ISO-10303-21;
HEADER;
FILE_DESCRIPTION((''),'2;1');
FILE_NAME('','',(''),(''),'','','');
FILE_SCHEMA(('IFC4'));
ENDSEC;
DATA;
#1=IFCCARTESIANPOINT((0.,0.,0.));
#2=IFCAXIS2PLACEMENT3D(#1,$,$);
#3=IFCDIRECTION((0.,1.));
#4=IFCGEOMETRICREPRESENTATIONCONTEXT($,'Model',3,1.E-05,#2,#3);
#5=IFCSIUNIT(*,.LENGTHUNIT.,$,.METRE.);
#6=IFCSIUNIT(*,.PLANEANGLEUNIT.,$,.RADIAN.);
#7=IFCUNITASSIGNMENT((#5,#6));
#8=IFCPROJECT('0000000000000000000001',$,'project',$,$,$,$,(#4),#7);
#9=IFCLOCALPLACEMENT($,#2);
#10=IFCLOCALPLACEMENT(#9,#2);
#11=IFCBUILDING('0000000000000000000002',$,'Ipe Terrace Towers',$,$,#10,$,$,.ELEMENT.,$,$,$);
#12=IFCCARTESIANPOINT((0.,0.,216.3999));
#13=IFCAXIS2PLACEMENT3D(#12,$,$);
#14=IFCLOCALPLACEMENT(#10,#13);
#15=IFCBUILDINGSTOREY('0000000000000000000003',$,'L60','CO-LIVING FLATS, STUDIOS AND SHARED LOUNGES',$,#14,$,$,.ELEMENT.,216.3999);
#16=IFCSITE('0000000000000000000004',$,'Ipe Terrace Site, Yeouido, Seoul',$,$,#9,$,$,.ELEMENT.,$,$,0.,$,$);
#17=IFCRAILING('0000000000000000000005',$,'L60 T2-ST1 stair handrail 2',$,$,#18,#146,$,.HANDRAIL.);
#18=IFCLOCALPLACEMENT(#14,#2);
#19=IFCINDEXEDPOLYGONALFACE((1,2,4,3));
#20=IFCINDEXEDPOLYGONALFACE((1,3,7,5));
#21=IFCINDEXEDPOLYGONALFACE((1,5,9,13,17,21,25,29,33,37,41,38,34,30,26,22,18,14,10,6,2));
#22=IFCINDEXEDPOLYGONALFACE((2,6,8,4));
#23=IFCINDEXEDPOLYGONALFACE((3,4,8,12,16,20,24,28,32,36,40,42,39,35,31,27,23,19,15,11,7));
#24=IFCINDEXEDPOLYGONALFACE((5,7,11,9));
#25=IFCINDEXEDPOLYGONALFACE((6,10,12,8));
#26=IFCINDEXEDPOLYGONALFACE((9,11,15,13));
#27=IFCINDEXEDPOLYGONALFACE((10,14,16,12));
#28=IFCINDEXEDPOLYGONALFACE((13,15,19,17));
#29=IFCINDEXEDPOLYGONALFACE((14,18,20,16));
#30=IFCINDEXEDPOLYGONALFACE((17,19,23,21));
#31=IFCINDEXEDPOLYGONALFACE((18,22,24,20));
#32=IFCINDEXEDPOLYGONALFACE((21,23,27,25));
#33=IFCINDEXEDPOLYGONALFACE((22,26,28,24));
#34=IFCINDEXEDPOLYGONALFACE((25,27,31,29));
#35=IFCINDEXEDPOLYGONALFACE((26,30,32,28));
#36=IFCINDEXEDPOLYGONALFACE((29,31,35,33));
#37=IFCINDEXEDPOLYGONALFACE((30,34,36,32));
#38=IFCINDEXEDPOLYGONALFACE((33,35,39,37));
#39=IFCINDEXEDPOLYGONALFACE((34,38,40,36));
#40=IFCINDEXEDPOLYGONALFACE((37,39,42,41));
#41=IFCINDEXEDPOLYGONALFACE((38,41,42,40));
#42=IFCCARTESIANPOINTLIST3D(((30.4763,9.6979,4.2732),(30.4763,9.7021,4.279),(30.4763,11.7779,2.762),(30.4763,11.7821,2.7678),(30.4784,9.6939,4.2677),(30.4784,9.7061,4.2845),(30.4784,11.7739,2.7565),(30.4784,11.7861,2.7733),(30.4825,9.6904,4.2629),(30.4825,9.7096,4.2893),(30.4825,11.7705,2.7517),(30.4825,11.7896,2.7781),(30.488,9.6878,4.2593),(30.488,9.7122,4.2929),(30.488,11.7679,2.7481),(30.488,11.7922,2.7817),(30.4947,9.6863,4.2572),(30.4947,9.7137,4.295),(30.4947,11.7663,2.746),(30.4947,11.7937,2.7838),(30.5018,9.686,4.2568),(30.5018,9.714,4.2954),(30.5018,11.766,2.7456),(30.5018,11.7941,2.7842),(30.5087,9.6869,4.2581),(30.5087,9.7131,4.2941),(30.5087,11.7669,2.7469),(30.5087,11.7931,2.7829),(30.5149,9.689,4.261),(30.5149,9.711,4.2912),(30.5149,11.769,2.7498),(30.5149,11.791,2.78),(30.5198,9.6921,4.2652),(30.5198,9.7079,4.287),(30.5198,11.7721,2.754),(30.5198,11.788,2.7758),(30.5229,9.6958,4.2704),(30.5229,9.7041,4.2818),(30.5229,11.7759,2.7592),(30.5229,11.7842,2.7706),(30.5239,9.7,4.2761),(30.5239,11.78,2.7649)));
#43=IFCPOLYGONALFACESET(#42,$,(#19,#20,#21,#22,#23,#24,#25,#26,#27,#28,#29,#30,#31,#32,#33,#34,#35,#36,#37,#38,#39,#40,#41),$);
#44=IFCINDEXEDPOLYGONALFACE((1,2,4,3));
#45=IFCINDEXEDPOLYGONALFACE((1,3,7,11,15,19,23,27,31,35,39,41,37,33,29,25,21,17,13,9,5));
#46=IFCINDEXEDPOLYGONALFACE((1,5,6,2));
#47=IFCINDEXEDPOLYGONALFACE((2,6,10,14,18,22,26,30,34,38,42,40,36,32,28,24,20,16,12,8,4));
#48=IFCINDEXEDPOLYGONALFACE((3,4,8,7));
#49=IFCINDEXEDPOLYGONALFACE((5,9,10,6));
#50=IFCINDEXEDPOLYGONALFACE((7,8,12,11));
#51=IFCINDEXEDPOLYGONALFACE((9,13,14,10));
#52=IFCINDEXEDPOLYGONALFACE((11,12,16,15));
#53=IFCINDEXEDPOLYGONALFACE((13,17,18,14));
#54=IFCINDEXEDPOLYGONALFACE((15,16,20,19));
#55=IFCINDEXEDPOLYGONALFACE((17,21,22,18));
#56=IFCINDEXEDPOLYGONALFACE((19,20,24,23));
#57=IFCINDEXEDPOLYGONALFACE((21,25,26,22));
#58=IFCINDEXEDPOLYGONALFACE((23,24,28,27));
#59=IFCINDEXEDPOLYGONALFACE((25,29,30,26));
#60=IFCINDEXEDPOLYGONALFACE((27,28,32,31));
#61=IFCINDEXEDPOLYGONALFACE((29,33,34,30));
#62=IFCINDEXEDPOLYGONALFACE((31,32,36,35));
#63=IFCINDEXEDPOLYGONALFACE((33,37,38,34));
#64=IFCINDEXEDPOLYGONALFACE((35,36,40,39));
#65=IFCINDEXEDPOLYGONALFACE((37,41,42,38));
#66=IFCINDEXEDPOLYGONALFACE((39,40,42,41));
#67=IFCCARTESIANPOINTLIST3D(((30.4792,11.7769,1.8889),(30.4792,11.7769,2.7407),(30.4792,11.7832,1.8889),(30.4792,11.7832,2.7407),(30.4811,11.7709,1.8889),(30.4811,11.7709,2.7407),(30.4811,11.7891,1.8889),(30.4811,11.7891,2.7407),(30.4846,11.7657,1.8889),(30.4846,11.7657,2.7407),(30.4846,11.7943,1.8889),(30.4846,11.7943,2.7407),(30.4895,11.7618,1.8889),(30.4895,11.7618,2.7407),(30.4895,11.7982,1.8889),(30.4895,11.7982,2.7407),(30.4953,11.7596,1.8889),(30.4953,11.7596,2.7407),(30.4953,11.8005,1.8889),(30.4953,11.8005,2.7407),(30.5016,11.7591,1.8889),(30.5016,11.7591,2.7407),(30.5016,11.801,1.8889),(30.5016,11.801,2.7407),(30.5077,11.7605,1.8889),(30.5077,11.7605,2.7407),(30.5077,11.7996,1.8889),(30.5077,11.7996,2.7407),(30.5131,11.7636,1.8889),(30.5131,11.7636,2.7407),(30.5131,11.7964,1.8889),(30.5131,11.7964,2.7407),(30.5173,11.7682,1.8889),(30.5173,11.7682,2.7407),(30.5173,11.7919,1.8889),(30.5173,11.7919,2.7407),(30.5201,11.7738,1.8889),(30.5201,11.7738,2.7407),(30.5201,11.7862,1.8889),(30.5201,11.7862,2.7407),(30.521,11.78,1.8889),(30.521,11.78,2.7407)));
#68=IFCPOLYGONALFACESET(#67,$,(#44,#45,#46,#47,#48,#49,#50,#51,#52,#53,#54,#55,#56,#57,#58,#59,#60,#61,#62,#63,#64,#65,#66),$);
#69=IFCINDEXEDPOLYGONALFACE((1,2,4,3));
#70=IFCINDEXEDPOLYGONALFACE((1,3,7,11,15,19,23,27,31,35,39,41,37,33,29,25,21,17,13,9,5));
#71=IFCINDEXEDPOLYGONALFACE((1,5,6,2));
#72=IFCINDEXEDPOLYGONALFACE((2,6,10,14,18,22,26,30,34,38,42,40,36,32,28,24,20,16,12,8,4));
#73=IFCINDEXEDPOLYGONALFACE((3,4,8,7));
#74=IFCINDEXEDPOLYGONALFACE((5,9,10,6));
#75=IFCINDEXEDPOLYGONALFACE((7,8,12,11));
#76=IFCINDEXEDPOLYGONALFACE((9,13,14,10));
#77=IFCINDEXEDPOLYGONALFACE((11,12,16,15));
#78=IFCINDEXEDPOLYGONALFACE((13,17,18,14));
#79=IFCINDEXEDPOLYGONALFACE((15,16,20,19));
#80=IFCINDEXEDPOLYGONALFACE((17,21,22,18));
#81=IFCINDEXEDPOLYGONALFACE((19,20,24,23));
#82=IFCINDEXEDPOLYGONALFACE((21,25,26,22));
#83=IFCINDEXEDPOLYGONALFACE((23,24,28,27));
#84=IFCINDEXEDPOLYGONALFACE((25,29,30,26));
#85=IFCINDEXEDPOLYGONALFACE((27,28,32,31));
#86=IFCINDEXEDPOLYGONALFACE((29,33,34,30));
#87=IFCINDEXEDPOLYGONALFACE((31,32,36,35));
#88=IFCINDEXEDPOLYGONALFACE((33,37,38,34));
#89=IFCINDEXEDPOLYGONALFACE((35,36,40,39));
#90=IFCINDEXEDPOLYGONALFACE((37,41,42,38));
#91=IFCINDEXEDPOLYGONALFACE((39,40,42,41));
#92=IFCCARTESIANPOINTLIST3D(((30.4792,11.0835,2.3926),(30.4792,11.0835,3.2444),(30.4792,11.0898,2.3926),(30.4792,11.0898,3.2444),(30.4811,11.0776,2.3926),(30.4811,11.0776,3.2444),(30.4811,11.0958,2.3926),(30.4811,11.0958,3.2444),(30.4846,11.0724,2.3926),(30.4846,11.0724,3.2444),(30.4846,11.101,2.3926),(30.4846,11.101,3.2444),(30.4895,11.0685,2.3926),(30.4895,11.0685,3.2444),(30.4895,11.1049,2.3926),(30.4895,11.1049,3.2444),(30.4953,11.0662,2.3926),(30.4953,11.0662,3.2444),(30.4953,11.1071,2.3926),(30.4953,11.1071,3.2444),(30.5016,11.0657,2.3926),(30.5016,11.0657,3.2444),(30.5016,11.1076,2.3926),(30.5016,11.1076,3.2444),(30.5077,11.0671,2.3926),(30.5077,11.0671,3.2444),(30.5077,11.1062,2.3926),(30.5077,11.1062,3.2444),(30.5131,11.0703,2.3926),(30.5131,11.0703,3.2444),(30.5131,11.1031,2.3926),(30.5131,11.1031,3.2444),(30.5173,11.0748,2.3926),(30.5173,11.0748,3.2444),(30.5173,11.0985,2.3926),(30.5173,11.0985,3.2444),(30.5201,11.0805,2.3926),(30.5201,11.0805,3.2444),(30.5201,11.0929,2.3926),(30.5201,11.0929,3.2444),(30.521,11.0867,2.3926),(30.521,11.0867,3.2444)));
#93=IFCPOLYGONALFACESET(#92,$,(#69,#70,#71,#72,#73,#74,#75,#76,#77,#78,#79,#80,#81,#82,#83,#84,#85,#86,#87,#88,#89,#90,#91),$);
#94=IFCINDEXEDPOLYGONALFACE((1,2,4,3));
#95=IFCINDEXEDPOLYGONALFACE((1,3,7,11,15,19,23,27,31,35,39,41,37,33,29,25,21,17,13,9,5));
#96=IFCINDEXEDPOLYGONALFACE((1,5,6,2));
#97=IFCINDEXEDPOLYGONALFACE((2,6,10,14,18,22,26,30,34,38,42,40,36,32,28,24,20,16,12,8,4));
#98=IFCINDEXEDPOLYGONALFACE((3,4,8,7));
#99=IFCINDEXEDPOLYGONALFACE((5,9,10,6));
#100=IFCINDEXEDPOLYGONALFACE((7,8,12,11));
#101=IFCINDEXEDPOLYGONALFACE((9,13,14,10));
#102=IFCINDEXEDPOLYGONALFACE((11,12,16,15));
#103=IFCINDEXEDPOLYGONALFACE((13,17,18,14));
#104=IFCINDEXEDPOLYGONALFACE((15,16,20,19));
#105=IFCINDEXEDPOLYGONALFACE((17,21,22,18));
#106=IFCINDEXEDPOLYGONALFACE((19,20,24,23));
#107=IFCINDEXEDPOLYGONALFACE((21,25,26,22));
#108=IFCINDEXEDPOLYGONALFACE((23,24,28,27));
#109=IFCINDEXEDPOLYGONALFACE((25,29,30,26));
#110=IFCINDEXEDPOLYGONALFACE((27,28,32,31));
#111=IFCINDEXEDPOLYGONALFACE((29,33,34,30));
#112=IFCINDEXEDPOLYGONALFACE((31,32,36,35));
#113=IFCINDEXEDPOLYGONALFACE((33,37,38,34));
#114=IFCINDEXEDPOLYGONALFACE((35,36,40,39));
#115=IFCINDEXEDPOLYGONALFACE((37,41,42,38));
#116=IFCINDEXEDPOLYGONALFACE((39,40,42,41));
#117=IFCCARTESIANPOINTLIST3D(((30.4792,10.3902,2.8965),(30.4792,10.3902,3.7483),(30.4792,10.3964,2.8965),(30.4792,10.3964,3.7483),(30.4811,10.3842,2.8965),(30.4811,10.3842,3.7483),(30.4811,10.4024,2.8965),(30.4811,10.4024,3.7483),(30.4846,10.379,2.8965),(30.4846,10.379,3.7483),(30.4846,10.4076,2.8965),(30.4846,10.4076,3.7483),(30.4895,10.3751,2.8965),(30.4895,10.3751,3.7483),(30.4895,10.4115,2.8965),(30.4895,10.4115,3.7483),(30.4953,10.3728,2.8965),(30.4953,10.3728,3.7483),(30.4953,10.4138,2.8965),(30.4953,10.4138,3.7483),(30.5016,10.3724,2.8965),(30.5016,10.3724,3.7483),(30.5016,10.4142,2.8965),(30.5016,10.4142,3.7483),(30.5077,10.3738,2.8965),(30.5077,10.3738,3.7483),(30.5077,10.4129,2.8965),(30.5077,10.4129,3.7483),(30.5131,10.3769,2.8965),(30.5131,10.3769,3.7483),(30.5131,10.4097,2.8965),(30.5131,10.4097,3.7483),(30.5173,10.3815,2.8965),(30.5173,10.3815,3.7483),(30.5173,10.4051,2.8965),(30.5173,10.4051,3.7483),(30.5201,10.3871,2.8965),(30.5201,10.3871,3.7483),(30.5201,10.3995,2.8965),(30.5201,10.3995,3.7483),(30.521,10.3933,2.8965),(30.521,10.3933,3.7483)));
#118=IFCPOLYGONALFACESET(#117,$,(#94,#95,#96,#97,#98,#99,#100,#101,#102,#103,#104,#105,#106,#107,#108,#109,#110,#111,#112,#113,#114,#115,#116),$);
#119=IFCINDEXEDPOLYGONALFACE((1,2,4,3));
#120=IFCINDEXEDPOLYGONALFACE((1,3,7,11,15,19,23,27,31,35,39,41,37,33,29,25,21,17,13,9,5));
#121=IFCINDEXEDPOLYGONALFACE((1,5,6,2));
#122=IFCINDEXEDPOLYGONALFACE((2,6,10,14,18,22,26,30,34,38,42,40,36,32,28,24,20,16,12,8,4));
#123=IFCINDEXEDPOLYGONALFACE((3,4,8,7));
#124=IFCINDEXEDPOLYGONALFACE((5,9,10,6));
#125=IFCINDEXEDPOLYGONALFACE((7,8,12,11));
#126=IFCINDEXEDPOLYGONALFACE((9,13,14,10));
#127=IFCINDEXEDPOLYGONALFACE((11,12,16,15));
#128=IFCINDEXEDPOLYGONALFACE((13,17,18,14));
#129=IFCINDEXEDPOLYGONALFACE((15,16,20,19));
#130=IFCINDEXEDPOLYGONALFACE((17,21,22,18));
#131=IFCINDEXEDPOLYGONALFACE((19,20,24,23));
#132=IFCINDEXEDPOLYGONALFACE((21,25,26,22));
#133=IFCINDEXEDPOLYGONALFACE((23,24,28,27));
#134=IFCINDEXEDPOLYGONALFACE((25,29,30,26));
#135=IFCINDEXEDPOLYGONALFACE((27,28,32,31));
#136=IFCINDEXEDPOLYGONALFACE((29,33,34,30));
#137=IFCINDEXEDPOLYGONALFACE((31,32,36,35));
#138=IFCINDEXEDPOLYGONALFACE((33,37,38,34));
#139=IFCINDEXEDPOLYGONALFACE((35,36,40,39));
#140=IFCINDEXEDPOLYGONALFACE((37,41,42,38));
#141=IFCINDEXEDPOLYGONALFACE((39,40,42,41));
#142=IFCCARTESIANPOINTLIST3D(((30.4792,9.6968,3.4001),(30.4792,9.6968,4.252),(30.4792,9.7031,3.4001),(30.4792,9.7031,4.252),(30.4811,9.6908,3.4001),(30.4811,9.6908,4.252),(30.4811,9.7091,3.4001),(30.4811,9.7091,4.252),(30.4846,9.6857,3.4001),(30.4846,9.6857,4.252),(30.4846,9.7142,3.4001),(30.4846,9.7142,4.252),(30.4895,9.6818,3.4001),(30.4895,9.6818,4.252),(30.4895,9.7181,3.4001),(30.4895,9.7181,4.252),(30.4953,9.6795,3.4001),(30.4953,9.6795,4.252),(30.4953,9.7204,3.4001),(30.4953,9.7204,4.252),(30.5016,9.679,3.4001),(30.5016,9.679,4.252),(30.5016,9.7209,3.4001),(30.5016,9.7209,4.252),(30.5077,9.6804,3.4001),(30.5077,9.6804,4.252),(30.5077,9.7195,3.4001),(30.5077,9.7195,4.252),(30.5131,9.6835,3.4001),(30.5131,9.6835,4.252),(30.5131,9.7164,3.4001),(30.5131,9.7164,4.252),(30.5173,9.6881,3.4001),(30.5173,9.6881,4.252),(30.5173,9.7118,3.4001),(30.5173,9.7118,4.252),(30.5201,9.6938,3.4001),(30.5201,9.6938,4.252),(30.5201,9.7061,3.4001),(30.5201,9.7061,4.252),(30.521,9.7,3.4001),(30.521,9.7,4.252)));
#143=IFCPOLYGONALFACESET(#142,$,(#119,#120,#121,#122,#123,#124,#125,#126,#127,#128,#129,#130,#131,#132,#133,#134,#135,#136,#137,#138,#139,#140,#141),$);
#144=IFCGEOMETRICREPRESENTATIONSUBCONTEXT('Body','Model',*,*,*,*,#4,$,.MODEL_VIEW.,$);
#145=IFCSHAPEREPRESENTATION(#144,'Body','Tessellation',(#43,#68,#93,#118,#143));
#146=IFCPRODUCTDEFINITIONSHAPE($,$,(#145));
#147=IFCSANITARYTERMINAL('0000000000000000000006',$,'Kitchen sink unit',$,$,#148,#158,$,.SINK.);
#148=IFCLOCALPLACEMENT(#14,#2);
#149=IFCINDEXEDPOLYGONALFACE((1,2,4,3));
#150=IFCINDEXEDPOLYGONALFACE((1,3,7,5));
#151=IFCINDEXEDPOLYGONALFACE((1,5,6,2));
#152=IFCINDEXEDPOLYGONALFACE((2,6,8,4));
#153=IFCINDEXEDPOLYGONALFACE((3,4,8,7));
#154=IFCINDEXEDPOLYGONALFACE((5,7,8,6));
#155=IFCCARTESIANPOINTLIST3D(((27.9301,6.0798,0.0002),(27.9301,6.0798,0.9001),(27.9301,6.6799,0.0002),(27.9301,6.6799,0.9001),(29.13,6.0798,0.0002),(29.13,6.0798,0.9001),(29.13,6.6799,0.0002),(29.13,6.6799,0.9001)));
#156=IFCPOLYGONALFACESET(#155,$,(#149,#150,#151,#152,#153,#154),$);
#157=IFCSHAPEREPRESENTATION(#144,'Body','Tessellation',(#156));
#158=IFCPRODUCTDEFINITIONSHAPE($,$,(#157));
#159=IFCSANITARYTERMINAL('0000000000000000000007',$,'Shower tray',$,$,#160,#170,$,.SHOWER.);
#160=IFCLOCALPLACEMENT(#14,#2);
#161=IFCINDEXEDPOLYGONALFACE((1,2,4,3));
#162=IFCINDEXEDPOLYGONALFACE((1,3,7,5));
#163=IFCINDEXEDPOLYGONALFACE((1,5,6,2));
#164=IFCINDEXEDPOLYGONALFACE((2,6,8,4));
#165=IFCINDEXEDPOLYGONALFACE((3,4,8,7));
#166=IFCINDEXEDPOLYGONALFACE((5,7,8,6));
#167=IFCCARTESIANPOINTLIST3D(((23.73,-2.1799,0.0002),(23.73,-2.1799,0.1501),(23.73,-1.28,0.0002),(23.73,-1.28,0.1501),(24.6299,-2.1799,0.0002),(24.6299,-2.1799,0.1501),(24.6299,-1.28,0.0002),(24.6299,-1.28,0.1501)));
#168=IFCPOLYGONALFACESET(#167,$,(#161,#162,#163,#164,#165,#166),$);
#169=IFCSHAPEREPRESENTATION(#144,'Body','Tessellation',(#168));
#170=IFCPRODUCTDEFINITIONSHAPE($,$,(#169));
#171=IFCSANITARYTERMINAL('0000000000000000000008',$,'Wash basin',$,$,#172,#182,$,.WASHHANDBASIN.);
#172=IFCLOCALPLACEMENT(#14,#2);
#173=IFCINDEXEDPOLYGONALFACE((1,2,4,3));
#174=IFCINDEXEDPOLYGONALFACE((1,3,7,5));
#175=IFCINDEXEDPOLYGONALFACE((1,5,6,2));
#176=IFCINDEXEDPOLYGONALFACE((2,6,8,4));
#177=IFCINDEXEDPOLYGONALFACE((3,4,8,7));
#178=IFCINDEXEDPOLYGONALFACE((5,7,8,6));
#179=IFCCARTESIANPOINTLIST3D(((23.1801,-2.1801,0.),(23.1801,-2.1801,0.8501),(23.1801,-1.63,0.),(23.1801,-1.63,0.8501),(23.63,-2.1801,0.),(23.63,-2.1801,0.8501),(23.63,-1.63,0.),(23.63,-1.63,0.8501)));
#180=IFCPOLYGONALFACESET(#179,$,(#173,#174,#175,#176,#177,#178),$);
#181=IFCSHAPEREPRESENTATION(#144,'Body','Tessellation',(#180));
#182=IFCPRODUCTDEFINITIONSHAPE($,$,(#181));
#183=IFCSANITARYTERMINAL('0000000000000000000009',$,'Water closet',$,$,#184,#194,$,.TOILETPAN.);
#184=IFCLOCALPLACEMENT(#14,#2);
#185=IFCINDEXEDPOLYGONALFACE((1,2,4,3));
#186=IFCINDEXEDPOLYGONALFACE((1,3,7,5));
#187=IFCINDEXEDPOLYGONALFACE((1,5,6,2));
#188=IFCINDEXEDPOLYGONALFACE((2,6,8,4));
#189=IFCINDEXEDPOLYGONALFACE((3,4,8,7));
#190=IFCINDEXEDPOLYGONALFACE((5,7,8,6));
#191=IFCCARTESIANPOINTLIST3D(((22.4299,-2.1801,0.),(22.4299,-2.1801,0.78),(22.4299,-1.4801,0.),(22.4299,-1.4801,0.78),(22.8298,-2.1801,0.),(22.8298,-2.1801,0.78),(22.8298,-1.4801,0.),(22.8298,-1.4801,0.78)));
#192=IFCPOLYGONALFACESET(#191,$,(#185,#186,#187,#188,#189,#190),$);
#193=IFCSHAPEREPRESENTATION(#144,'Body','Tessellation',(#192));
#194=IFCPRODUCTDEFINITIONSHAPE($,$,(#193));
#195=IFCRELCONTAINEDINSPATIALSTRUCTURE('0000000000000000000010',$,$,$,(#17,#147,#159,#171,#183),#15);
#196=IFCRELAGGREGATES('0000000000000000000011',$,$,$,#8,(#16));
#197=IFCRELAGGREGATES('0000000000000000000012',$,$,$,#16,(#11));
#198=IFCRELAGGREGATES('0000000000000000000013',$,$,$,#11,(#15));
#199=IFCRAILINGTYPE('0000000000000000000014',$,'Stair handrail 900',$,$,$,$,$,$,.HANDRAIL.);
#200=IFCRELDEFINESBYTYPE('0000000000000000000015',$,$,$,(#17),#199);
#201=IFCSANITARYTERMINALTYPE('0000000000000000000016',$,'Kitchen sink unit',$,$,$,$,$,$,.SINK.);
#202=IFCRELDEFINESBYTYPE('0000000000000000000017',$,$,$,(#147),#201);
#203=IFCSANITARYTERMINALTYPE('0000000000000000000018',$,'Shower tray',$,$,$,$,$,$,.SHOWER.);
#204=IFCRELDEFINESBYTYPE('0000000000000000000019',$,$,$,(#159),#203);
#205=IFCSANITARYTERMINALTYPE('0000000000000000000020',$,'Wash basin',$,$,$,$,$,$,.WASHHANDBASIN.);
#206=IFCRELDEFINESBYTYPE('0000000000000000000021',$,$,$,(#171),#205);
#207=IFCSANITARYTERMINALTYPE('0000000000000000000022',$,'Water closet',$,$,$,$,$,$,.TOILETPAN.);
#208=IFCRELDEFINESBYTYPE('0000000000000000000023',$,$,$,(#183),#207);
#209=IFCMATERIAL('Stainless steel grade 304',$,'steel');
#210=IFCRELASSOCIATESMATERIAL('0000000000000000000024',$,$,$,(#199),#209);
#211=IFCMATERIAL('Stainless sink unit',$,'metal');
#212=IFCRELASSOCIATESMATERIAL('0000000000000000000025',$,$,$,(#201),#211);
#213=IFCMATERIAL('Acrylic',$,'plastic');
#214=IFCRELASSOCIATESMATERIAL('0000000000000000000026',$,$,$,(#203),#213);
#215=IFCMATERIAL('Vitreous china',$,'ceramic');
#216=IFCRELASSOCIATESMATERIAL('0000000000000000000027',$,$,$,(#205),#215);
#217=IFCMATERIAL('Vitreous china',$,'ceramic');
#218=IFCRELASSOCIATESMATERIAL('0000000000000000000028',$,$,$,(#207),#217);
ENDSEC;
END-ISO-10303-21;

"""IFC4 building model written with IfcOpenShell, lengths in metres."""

from ifc_helpers import new_model, si_unit, direction, frame, origin, origin_2d, place, context, subcontext, project, spatial, rectangle, circle, extrude, material, type_object, element, save


model = new_model("IFC4")

# Units and contexts
model_context = context("Model", 3, precision=1e-05, world=origin(), true_north=direction((0.0, 1.0)))
body_context = subcontext(model_context, "Body", "Model", "MODEL_VIEW")
ifc_project = project(units=[si_unit("LENGTHUNIT", "METRE"), si_unit("PLANEANGLEUNIT", "RADIAN")], contexts=[model_context])

# Site, building, storey
site_placement = place(None, origin())
site = spatial("IfcSite", under=ifc_project, at=site_placement, Name="Ipe Terrace Site, Yeouido, Seoul", CompositionType="ELEMENT", RefElevation=0.0)
building_placement = place(site_placement, origin())
building = spatial("IfcBuilding", under=site, at=building_placement, Name="Ipe Terrace Towers", CompositionType="ELEMENT")
storey_placement = place(building_placement, frame((0.0, 0.0, 216.3999)))
storey = spatial("IfcBuildingStorey", under=building, at=storey_placement, Name="L60", Description="CO-LIVING FLATS, STUDIOS AND SHARED LOUNGES", CompositionType="ELEMENT", Elevation=216.3999)

# Railing
ifc_material_1 = material(Name="Stainless steel grade 304", Category="steel")
railing_type_1 = type_object("IfcRailingType", Name="Stair handrail 900", PredefinedType="HANDRAIL", material=ifc_material_1)
railing_1_placement = place(storey_placement, frame((30.5, 11.78, 1.8889)))
element("IfcRailing", 1, at=railing_1_placement, inside=storey, type_object=railing_type_1, Name="L60 T2-ST1 stair handrail 2", PredefinedType="HANDRAIL", context=body_context, shape_type="SweptSolid", body=[
    extrude(circle(Radius=0.0239, at=origin_2d()), frame((0.0, 0.0, 0.876), z_axis=(0.0, -0.809023, 0.587776), x_axis=(1.0, 0.0, 0.0)), (0.0, 0.0, 1.0), 2.571),
    extrude(circle(Radius=0.021, at=origin_2d()), origin(), (0.0, 0.0, 1.0), 0.8518),
    extrude(circle(Radius=0.021, at=origin_2d()), frame((0.0, -0.6934, 0.5037)), (0.0, 0.0, 1.0), 0.8518),
    extrude(circle(Radius=0.021, at=origin_2d()), frame((0.0, -1.3867, 1.0076)), (0.0, 0.0, 1.0), 0.8518),
    extrude(circle(Radius=0.021, at=origin_2d()), frame((0.0, -2.0801, 1.5112)), (0.0, 0.0, 1.0), 0.8518),
])

# Sanitary terminals
ifc_material_2 = material(Name="Stainless sink unit", Category="metal")
sanitary_terminal_type_1 = type_object("IfcSanitaryTerminalType", Name="Kitchen sink unit", PredefinedType="SINK", material=ifc_material_2)
sanitary_terminal_1_placement = place(storey_placement, frame((28.53, 6.3799, 0.0002), z_axis=(0.0, 0.0, 1.0), x_axis=(1.0, 0.0, 0.0)))
element("IfcSanitaryTerminal", 2, at=sanitary_terminal_1_placement, inside=storey, type_object=sanitary_terminal_type_1, Name="Kitchen sink unit", PredefinedType="SINK", context=body_context, shape_type="SweptSolid", body=[
    extrude(rectangle(XDim=1.2, YDim=0.6001, at=origin_2d()), origin(), (0.0, 0.0, 1.0), 0.8999),
])
ifc_material_3 = material(Name="Acrylic", Category="plastic")
sanitary_terminal_type_2 = type_object("IfcSanitaryTerminalType", Name="Shower tray", PredefinedType="SHOWER", material=ifc_material_3)
sanitary_terminal_2_placement = place(storey_placement, frame((24.1799, -1.73, 0.0002), z_axis=(0.0, 0.0, 1.0), x_axis=(0.0, 1.0, 0.0)))
element("IfcSanitaryTerminal", 3, at=sanitary_terminal_2_placement, inside=storey, type_object=sanitary_terminal_type_2, Name="Shower tray", PredefinedType="SHOWER", context=body_context, shape_type="SweptSolid", body=[
    extrude(rectangle(XDim=0.8999, YDim=0.8999, at=origin_2d()), origin(), (0.0, 0.0, 1.0), 0.1499),
])
ifc_material_4 = material(Name="Vitreous china", Category="ceramic")
sanitary_terminal_type_3 = type_object("IfcSanitaryTerminalType", Name="Wash basin", PredefinedType="WASHHANDBASIN", material=ifc_material_4)
sanitary_terminal_3_placement = place(storey_placement, frame((23.405, -1.905, 0.0), z_axis=(0.0, 0.0, 1.0), x_axis=(0.0, 1.0, 0.0)))
element("IfcSanitaryTerminal", 4, at=sanitary_terminal_3_placement, inside=storey, type_object=sanitary_terminal_type_3, Name="Wash basin", PredefinedType="WASHHANDBASIN", context=body_context, shape_type="SweptSolid", body=[
    extrude(rectangle(XDim=0.55, YDim=0.45, at=origin_2d()), origin(), (0.0, 0.0, 1.0), 0.8501),
])
ifc_material_5 = material(Name="Vitreous china", Category="ceramic")
sanitary_terminal_type_4 = type_object("IfcSanitaryTerminalType", Name="Water closet", PredefinedType="TOILETPAN", material=ifc_material_5)
sanitary_terminal_4_placement = place(storey_placement, frame((22.6299, -1.8301, 0.0), z_axis=(0.0, 0.0, 1.0), x_axis=(0.0, 1.0, 0.0)))
element("IfcSanitaryTerminal", 5, at=sanitary_terminal_4_placement, inside=storey, type_object=sanitary_terminal_type_4, Name="Water closet", PredefinedType="TOILETPAN", context=body_context, shape_type="SweptSolid", body=[
    extrude(rectangle(XDim=0.7, YDim=0.3999, at=origin_2d()), origin(), (0.0, 0.0, 1.0), 0.78),
])

save(model, "model.ifc")
